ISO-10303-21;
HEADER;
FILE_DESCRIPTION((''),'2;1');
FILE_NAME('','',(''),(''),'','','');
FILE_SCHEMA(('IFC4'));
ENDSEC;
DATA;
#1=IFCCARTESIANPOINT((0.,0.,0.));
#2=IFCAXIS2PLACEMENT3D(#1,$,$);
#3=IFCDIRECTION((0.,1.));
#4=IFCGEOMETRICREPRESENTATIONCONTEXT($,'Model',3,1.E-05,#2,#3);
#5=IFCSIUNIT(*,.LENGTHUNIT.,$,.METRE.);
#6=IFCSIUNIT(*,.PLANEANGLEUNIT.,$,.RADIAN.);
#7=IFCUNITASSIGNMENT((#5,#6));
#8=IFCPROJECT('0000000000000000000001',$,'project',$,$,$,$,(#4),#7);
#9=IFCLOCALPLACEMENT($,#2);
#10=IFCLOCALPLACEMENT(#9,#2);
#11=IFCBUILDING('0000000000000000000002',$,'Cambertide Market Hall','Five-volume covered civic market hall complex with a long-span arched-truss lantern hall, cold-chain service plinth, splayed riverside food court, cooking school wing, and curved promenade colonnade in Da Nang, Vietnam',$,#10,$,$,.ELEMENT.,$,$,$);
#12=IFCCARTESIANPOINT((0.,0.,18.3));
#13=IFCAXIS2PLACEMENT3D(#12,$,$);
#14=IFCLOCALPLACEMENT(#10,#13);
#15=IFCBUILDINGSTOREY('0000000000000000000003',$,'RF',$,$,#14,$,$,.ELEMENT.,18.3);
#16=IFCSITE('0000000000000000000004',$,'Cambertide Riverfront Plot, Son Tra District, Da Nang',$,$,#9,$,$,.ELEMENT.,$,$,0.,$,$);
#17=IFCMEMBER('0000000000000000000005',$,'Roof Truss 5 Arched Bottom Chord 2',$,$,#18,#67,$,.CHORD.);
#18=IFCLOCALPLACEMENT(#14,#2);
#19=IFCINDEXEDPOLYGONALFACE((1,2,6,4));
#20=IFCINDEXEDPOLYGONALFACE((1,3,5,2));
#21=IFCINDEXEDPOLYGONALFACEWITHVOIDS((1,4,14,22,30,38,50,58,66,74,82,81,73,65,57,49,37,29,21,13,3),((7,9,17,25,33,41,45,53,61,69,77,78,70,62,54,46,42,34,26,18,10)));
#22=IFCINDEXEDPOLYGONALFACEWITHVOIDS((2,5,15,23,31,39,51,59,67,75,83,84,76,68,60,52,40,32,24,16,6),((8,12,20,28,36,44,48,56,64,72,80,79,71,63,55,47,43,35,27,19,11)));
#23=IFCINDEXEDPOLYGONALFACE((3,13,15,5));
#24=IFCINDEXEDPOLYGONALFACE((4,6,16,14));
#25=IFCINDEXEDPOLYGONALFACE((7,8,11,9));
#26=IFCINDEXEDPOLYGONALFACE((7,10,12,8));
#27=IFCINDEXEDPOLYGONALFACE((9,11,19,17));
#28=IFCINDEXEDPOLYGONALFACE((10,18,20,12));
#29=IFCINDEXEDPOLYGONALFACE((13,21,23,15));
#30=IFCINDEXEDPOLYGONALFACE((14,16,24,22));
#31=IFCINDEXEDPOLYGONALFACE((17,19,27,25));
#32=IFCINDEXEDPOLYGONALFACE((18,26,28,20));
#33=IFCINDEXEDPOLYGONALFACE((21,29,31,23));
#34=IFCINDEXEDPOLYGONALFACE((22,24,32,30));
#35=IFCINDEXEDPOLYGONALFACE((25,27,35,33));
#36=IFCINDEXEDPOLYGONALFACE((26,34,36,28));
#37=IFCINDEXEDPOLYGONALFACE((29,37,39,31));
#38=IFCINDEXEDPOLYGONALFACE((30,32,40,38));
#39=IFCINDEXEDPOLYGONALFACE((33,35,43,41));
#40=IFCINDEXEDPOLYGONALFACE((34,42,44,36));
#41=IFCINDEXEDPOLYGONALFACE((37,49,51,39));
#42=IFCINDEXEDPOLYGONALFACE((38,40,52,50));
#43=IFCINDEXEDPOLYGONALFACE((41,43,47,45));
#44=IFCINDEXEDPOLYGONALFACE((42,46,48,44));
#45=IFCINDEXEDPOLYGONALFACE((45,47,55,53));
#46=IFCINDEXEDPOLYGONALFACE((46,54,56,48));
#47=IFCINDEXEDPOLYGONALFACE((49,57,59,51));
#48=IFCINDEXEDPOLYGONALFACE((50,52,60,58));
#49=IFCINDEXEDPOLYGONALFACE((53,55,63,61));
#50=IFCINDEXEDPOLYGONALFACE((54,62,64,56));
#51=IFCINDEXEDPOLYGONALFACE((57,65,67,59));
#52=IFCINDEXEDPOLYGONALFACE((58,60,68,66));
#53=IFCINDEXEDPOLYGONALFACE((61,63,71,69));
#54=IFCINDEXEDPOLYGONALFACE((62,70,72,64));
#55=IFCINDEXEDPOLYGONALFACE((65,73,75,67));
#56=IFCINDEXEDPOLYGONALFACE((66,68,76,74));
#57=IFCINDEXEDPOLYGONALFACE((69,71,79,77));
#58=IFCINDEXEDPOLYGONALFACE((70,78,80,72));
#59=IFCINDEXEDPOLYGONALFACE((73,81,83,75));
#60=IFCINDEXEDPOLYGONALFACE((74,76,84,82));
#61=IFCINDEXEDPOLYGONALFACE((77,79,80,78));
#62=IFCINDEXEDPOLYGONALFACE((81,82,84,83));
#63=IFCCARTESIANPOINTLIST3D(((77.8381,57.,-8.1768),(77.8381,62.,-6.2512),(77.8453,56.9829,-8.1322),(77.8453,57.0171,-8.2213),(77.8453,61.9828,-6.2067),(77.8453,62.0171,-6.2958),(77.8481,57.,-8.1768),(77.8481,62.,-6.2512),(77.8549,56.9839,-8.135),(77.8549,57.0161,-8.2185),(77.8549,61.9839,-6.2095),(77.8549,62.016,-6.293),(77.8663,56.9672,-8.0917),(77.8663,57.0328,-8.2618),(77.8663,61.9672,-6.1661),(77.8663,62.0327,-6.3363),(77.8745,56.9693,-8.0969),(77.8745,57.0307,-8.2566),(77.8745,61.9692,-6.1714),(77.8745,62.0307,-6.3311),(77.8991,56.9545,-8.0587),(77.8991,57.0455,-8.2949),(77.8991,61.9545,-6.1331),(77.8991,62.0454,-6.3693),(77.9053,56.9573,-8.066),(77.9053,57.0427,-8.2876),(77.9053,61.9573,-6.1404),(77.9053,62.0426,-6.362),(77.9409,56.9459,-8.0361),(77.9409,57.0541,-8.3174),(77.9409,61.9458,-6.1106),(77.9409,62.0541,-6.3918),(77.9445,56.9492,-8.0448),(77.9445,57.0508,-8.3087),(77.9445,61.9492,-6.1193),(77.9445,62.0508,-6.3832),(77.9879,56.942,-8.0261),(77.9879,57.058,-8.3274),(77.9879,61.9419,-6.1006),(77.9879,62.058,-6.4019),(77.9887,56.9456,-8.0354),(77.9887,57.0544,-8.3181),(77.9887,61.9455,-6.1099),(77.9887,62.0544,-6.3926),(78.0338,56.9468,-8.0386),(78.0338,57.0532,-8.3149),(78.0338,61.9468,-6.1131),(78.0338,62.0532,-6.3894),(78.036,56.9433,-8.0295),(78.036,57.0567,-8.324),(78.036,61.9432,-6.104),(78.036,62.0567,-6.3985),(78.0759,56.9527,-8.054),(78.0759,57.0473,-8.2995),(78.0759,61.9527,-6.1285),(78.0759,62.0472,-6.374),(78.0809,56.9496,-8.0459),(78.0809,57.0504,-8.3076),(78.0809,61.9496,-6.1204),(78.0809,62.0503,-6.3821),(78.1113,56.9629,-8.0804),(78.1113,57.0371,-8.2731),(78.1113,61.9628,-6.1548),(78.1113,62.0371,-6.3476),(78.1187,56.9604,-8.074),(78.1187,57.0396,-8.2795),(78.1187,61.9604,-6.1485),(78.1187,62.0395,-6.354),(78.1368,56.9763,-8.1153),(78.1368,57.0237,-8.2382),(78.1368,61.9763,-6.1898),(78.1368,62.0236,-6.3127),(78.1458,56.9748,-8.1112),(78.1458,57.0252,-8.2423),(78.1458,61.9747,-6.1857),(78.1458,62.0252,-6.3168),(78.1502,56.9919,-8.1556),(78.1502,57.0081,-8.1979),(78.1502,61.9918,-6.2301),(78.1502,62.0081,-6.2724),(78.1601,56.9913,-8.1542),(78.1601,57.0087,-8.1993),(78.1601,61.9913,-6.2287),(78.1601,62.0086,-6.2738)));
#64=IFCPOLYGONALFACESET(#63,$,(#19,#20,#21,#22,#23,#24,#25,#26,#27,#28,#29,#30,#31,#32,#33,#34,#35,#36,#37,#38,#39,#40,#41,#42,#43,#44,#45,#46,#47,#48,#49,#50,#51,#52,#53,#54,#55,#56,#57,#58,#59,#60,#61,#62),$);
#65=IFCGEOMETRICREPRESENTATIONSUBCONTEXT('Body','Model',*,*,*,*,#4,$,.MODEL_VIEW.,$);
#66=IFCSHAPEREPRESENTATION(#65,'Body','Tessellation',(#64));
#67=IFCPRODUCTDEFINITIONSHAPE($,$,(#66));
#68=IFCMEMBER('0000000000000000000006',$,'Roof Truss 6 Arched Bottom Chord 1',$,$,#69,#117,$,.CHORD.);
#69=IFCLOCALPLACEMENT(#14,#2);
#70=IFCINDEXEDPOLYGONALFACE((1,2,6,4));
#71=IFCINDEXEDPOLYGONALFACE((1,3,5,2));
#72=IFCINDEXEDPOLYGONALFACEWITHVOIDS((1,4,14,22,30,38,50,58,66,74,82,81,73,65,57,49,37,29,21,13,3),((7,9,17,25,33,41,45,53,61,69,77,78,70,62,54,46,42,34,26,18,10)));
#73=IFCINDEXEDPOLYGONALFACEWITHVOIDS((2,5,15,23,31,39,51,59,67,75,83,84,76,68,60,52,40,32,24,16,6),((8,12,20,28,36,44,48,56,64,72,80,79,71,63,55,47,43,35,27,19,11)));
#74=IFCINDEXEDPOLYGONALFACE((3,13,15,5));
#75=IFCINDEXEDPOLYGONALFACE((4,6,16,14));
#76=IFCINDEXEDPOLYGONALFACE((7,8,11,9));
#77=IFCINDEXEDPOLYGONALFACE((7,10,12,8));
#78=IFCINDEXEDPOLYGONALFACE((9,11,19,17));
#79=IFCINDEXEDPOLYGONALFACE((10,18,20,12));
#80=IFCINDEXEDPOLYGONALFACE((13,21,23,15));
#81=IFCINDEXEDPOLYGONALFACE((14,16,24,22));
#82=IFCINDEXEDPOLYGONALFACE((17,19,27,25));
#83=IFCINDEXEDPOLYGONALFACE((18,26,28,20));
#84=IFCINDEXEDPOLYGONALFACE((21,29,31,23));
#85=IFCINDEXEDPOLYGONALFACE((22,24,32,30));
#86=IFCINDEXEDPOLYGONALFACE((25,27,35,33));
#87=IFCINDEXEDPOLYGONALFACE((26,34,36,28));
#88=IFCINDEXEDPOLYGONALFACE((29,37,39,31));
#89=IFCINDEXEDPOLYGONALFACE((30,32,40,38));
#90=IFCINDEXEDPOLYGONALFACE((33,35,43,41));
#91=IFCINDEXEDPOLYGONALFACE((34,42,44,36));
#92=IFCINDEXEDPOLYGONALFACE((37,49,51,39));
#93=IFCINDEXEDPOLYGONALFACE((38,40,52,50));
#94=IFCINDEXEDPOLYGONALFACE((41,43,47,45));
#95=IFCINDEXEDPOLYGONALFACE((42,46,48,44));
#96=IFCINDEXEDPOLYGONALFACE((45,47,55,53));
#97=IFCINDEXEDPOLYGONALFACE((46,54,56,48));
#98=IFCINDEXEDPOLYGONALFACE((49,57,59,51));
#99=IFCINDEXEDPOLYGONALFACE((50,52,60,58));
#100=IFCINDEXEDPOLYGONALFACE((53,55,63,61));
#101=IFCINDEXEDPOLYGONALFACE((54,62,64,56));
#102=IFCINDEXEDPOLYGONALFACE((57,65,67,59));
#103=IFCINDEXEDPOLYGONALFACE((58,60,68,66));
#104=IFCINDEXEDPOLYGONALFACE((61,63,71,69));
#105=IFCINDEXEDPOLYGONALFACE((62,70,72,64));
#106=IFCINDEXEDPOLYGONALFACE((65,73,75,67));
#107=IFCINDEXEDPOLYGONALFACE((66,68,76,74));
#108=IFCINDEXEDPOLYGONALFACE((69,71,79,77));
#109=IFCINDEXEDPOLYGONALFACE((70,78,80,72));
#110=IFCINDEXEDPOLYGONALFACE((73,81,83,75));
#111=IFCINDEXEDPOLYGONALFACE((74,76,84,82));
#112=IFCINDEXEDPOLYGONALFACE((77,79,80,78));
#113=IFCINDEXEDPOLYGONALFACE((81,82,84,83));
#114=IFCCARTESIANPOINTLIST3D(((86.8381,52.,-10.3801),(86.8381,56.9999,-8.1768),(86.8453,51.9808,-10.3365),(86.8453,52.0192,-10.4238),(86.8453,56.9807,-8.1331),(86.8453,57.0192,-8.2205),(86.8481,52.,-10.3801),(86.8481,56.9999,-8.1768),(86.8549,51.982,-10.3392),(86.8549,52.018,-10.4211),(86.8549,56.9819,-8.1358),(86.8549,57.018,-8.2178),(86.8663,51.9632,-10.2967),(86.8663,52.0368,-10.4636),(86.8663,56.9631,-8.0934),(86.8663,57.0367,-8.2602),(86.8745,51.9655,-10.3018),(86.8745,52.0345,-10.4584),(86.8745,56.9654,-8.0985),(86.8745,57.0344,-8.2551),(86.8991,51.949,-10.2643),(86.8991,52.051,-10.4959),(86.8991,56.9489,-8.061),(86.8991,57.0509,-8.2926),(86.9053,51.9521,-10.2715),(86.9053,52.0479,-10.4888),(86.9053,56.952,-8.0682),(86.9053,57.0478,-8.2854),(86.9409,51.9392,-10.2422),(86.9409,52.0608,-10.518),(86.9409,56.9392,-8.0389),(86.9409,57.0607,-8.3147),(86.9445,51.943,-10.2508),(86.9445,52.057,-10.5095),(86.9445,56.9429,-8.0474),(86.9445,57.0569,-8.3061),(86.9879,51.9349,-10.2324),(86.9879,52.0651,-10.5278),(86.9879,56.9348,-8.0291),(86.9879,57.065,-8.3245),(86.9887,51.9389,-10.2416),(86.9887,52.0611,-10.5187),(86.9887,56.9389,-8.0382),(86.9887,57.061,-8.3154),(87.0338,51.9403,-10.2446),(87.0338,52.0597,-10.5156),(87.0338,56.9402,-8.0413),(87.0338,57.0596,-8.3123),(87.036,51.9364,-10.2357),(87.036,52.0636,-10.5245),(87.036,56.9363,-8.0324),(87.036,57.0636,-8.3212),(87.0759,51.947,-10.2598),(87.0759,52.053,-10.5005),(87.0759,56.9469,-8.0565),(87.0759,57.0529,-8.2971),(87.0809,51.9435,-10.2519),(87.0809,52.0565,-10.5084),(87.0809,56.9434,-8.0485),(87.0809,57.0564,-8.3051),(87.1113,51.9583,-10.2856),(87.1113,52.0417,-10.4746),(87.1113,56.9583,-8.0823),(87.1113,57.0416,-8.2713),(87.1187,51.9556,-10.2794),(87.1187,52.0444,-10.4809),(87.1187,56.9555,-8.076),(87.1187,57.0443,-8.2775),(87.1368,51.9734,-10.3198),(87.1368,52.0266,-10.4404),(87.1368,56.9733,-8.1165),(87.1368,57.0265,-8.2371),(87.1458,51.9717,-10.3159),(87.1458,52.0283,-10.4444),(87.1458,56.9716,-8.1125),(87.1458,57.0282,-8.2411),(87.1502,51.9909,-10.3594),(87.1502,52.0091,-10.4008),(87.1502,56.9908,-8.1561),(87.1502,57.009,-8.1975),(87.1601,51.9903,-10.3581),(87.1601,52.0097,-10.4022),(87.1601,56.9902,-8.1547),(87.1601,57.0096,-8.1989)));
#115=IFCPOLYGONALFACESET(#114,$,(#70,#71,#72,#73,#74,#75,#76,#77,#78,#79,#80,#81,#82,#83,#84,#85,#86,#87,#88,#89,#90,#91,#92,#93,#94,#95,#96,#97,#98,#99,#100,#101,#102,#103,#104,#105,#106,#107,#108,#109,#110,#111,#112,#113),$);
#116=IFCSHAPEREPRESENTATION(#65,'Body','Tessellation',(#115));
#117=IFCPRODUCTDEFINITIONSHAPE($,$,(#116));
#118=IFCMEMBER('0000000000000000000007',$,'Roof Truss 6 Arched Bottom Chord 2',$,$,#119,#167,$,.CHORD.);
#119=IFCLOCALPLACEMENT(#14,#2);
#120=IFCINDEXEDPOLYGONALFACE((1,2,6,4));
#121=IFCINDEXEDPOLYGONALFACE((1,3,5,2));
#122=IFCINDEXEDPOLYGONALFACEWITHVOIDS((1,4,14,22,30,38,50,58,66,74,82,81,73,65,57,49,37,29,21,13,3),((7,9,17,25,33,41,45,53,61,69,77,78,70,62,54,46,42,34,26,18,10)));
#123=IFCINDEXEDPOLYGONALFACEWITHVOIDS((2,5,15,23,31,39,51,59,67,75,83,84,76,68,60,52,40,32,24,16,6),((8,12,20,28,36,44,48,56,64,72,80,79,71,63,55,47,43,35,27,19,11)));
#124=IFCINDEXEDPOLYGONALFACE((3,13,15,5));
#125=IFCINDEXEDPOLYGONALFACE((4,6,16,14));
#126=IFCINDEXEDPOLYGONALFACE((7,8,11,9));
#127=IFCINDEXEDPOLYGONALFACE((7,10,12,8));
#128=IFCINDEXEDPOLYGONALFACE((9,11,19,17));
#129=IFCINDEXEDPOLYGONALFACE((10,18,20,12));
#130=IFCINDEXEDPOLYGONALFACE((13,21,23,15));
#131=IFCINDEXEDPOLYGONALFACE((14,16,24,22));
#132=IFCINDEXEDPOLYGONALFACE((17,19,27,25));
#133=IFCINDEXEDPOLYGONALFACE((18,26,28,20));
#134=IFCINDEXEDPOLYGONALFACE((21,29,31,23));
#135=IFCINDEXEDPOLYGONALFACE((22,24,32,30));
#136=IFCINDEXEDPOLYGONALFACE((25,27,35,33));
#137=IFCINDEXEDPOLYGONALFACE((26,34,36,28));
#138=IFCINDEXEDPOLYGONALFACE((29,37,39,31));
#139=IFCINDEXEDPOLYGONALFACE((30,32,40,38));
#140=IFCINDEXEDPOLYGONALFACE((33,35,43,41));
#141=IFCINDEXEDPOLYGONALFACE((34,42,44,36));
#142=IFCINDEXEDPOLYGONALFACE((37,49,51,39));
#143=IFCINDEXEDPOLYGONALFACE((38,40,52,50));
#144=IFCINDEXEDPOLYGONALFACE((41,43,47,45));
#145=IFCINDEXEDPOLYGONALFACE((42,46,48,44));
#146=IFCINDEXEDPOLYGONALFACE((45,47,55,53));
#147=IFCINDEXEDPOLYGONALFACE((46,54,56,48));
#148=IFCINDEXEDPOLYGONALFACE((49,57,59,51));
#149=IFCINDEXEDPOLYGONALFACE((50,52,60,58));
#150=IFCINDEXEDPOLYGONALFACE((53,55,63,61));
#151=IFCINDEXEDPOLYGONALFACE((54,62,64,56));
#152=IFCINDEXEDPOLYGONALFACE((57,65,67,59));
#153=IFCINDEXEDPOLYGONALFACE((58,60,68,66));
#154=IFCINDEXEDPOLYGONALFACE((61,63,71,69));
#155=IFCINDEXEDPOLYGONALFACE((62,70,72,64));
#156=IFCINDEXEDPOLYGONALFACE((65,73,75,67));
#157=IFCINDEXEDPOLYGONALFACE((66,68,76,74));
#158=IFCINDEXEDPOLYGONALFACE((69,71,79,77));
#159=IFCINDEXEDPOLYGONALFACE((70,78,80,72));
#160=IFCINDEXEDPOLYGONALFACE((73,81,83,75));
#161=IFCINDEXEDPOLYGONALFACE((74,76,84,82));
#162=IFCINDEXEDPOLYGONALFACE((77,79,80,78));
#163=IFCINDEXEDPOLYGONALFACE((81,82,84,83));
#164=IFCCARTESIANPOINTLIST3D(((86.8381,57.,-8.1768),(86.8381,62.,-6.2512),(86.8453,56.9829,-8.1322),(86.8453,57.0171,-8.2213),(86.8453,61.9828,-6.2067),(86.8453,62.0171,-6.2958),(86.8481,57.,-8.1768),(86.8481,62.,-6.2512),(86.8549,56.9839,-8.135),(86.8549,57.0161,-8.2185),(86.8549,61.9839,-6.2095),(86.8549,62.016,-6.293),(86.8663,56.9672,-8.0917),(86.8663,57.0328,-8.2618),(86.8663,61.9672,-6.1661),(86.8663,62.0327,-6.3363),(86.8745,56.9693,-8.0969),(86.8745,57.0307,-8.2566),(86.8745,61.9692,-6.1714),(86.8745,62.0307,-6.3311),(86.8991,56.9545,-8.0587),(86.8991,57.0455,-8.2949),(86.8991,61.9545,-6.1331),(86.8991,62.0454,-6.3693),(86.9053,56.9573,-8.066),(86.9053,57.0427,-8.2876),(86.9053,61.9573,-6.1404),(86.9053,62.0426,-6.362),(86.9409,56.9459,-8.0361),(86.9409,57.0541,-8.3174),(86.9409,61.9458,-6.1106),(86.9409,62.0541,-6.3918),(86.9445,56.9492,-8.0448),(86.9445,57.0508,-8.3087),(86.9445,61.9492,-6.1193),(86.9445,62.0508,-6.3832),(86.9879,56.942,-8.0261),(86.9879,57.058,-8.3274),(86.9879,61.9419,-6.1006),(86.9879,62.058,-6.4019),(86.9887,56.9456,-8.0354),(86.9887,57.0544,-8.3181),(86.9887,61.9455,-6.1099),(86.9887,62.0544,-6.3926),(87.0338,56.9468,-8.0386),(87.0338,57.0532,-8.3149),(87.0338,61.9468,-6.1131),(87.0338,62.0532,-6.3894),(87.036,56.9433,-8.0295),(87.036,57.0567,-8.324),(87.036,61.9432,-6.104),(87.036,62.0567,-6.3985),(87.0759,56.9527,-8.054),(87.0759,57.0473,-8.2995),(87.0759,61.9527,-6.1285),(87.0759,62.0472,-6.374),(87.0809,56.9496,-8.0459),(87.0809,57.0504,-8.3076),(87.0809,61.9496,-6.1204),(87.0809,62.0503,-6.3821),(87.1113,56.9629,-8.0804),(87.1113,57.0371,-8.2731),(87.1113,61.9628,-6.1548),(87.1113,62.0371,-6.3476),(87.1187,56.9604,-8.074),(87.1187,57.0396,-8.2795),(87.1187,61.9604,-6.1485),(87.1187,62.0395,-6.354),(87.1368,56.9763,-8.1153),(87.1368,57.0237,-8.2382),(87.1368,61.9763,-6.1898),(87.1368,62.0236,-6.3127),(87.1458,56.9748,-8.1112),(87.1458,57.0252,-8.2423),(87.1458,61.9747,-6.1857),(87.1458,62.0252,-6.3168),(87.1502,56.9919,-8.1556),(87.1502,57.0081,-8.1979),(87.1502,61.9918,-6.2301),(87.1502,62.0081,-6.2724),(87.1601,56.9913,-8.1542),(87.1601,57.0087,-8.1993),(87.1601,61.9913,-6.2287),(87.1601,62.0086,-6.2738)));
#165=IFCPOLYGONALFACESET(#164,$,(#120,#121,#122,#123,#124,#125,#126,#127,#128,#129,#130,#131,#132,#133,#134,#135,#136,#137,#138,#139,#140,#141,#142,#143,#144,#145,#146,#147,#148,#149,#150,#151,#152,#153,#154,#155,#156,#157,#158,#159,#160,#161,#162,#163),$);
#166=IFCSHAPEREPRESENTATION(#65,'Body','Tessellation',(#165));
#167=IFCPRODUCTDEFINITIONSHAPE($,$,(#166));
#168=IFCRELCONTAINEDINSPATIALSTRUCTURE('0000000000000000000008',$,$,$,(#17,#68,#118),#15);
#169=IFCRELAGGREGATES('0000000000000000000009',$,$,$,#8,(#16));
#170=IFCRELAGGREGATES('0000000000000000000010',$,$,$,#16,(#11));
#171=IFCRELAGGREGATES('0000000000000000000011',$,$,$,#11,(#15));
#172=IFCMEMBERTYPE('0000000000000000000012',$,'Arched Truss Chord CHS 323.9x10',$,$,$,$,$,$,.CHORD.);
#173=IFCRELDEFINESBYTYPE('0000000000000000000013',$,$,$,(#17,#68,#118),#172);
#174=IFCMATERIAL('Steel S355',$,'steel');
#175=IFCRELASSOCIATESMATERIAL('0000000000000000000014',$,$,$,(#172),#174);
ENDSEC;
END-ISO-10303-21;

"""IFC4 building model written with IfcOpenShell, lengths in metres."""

from ifc_helpers import new_model, si_unit, direction, frame, origin, origin_2d, place, context, subcontext, project, spatial, hollow_circle, extrude, material, material_profile, profile_set, type_object, element, save


model = new_model("IFC4")

# Units and contexts
model_context = context("Model", 3, precision=1e-05, world=origin(), true_north=direction((0.0, 1.0)))
body_context = subcontext(model_context, "Body", "Model", "MODEL_VIEW")
ifc_project = project(units=[si_unit("LENGTHUNIT", "METRE"), si_unit("PLANEANGLEUNIT", "RADIAN")], contexts=[model_context])

# Site, building, storey
site_placement = place(None, origin())
site = spatial("IfcSite", under=ifc_project, at=site_placement, Name="Cambertide Riverfront Plot, Son Tra District, Da Nang", CompositionType="ELEMENT", RefElevation=0.0)
building_placement = place(site_placement, origin())
building = spatial("IfcBuilding", under=site, at=building_placement, Name="Cambertide Market Hall", Description="Five-volume covered civic market hall complex with a long-span arched-truss lantern hall, cold-chain service plinth, splayed riverside food court, cooking school wing, and curved promenade colonnade in Da Nang, Vietnam", CompositionType="ELEMENT")
storey_placement = place(building_placement, frame((0.0, 0.0, 18.3)))
storey = spatial("IfcBuildingStorey", under=building, at=storey_placement, Name="RF", CompositionType="ELEMENT", Elevation=18.3)

# Members
ifc_material_1 = material(Name="Steel S355", Category="steel")
ifc_material_profile_1 = material_profile(ifc_material_1, hollow_circle(Radius=0.1619, WallThickness=0.01, at=origin_2d()), Name="CHS 323.9x10")
ifc_profile_set_1 = profile_set([ifc_material_profile_1], Name="Steel S355")
member_type_1 = type_object("IfcMemberType", Name="Arched Truss Chord CHS 323.9x10", PredefinedType="CHORD", material=ifc_profile_set_1)
member_1_placement = place(storey_placement, frame((78.0, 57.0, -8.1768), z_axis=(0.0, 0.933192, 0.359379), x_axis=(-1.0, 0.0, 0.0)))
element("IfcMember", 1, at=member_1_placement, inside=storey, type_object=member_type_1, Name="Roof Truss 5 Arched Bottom Chord 2", PredefinedType="CHORD", context=body_context, shape_type="SweptSolid", body=[
    extrude(hollow_circle(Radius=0.1619, WallThickness=0.01, at=origin_2d()), origin(), (0.0, 0.0, 1.0), 5.3579),
])
member_2_placement = place(storey_placement, frame((87.0, 52.0, -10.3801), z_axis=(0.0, 0.915088, 0.403255), x_axis=(-1.0, 0.0, 0.0)))
element("IfcMember", 2, at=member_2_placement, inside=storey, type_object=member_type_1, Name="Roof Truss 6 Arched Bottom Chord 1", PredefinedType="CHORD", context=body_context, shape_type="SweptSolid", body=[
    extrude(hollow_circle(Radius=0.1619, WallThickness=0.01, at=origin_2d()), origin(), (0.0, 0.0, 1.0), 5.4639),
])
member_3_placement = place(storey_placement, frame((87.0, 57.0, -8.1768), z_axis=(0.0, 0.933192, 0.359379), x_axis=(-1.0, 0.0, 0.0)))
element("IfcMember", 3, at=member_3_placement, inside=storey, type_object=member_type_1, Name="Roof Truss 6 Arched Bottom Chord 2", PredefinedType="CHORD", context=body_context, shape_type="SweptSolid", body=[
    extrude(hollow_circle(Radius=0.1619, WallThickness=0.01, at=origin_2d()), origin(), (0.0, 0.0, 1.0), 5.3579),
])

save(model, "model.ifc")
